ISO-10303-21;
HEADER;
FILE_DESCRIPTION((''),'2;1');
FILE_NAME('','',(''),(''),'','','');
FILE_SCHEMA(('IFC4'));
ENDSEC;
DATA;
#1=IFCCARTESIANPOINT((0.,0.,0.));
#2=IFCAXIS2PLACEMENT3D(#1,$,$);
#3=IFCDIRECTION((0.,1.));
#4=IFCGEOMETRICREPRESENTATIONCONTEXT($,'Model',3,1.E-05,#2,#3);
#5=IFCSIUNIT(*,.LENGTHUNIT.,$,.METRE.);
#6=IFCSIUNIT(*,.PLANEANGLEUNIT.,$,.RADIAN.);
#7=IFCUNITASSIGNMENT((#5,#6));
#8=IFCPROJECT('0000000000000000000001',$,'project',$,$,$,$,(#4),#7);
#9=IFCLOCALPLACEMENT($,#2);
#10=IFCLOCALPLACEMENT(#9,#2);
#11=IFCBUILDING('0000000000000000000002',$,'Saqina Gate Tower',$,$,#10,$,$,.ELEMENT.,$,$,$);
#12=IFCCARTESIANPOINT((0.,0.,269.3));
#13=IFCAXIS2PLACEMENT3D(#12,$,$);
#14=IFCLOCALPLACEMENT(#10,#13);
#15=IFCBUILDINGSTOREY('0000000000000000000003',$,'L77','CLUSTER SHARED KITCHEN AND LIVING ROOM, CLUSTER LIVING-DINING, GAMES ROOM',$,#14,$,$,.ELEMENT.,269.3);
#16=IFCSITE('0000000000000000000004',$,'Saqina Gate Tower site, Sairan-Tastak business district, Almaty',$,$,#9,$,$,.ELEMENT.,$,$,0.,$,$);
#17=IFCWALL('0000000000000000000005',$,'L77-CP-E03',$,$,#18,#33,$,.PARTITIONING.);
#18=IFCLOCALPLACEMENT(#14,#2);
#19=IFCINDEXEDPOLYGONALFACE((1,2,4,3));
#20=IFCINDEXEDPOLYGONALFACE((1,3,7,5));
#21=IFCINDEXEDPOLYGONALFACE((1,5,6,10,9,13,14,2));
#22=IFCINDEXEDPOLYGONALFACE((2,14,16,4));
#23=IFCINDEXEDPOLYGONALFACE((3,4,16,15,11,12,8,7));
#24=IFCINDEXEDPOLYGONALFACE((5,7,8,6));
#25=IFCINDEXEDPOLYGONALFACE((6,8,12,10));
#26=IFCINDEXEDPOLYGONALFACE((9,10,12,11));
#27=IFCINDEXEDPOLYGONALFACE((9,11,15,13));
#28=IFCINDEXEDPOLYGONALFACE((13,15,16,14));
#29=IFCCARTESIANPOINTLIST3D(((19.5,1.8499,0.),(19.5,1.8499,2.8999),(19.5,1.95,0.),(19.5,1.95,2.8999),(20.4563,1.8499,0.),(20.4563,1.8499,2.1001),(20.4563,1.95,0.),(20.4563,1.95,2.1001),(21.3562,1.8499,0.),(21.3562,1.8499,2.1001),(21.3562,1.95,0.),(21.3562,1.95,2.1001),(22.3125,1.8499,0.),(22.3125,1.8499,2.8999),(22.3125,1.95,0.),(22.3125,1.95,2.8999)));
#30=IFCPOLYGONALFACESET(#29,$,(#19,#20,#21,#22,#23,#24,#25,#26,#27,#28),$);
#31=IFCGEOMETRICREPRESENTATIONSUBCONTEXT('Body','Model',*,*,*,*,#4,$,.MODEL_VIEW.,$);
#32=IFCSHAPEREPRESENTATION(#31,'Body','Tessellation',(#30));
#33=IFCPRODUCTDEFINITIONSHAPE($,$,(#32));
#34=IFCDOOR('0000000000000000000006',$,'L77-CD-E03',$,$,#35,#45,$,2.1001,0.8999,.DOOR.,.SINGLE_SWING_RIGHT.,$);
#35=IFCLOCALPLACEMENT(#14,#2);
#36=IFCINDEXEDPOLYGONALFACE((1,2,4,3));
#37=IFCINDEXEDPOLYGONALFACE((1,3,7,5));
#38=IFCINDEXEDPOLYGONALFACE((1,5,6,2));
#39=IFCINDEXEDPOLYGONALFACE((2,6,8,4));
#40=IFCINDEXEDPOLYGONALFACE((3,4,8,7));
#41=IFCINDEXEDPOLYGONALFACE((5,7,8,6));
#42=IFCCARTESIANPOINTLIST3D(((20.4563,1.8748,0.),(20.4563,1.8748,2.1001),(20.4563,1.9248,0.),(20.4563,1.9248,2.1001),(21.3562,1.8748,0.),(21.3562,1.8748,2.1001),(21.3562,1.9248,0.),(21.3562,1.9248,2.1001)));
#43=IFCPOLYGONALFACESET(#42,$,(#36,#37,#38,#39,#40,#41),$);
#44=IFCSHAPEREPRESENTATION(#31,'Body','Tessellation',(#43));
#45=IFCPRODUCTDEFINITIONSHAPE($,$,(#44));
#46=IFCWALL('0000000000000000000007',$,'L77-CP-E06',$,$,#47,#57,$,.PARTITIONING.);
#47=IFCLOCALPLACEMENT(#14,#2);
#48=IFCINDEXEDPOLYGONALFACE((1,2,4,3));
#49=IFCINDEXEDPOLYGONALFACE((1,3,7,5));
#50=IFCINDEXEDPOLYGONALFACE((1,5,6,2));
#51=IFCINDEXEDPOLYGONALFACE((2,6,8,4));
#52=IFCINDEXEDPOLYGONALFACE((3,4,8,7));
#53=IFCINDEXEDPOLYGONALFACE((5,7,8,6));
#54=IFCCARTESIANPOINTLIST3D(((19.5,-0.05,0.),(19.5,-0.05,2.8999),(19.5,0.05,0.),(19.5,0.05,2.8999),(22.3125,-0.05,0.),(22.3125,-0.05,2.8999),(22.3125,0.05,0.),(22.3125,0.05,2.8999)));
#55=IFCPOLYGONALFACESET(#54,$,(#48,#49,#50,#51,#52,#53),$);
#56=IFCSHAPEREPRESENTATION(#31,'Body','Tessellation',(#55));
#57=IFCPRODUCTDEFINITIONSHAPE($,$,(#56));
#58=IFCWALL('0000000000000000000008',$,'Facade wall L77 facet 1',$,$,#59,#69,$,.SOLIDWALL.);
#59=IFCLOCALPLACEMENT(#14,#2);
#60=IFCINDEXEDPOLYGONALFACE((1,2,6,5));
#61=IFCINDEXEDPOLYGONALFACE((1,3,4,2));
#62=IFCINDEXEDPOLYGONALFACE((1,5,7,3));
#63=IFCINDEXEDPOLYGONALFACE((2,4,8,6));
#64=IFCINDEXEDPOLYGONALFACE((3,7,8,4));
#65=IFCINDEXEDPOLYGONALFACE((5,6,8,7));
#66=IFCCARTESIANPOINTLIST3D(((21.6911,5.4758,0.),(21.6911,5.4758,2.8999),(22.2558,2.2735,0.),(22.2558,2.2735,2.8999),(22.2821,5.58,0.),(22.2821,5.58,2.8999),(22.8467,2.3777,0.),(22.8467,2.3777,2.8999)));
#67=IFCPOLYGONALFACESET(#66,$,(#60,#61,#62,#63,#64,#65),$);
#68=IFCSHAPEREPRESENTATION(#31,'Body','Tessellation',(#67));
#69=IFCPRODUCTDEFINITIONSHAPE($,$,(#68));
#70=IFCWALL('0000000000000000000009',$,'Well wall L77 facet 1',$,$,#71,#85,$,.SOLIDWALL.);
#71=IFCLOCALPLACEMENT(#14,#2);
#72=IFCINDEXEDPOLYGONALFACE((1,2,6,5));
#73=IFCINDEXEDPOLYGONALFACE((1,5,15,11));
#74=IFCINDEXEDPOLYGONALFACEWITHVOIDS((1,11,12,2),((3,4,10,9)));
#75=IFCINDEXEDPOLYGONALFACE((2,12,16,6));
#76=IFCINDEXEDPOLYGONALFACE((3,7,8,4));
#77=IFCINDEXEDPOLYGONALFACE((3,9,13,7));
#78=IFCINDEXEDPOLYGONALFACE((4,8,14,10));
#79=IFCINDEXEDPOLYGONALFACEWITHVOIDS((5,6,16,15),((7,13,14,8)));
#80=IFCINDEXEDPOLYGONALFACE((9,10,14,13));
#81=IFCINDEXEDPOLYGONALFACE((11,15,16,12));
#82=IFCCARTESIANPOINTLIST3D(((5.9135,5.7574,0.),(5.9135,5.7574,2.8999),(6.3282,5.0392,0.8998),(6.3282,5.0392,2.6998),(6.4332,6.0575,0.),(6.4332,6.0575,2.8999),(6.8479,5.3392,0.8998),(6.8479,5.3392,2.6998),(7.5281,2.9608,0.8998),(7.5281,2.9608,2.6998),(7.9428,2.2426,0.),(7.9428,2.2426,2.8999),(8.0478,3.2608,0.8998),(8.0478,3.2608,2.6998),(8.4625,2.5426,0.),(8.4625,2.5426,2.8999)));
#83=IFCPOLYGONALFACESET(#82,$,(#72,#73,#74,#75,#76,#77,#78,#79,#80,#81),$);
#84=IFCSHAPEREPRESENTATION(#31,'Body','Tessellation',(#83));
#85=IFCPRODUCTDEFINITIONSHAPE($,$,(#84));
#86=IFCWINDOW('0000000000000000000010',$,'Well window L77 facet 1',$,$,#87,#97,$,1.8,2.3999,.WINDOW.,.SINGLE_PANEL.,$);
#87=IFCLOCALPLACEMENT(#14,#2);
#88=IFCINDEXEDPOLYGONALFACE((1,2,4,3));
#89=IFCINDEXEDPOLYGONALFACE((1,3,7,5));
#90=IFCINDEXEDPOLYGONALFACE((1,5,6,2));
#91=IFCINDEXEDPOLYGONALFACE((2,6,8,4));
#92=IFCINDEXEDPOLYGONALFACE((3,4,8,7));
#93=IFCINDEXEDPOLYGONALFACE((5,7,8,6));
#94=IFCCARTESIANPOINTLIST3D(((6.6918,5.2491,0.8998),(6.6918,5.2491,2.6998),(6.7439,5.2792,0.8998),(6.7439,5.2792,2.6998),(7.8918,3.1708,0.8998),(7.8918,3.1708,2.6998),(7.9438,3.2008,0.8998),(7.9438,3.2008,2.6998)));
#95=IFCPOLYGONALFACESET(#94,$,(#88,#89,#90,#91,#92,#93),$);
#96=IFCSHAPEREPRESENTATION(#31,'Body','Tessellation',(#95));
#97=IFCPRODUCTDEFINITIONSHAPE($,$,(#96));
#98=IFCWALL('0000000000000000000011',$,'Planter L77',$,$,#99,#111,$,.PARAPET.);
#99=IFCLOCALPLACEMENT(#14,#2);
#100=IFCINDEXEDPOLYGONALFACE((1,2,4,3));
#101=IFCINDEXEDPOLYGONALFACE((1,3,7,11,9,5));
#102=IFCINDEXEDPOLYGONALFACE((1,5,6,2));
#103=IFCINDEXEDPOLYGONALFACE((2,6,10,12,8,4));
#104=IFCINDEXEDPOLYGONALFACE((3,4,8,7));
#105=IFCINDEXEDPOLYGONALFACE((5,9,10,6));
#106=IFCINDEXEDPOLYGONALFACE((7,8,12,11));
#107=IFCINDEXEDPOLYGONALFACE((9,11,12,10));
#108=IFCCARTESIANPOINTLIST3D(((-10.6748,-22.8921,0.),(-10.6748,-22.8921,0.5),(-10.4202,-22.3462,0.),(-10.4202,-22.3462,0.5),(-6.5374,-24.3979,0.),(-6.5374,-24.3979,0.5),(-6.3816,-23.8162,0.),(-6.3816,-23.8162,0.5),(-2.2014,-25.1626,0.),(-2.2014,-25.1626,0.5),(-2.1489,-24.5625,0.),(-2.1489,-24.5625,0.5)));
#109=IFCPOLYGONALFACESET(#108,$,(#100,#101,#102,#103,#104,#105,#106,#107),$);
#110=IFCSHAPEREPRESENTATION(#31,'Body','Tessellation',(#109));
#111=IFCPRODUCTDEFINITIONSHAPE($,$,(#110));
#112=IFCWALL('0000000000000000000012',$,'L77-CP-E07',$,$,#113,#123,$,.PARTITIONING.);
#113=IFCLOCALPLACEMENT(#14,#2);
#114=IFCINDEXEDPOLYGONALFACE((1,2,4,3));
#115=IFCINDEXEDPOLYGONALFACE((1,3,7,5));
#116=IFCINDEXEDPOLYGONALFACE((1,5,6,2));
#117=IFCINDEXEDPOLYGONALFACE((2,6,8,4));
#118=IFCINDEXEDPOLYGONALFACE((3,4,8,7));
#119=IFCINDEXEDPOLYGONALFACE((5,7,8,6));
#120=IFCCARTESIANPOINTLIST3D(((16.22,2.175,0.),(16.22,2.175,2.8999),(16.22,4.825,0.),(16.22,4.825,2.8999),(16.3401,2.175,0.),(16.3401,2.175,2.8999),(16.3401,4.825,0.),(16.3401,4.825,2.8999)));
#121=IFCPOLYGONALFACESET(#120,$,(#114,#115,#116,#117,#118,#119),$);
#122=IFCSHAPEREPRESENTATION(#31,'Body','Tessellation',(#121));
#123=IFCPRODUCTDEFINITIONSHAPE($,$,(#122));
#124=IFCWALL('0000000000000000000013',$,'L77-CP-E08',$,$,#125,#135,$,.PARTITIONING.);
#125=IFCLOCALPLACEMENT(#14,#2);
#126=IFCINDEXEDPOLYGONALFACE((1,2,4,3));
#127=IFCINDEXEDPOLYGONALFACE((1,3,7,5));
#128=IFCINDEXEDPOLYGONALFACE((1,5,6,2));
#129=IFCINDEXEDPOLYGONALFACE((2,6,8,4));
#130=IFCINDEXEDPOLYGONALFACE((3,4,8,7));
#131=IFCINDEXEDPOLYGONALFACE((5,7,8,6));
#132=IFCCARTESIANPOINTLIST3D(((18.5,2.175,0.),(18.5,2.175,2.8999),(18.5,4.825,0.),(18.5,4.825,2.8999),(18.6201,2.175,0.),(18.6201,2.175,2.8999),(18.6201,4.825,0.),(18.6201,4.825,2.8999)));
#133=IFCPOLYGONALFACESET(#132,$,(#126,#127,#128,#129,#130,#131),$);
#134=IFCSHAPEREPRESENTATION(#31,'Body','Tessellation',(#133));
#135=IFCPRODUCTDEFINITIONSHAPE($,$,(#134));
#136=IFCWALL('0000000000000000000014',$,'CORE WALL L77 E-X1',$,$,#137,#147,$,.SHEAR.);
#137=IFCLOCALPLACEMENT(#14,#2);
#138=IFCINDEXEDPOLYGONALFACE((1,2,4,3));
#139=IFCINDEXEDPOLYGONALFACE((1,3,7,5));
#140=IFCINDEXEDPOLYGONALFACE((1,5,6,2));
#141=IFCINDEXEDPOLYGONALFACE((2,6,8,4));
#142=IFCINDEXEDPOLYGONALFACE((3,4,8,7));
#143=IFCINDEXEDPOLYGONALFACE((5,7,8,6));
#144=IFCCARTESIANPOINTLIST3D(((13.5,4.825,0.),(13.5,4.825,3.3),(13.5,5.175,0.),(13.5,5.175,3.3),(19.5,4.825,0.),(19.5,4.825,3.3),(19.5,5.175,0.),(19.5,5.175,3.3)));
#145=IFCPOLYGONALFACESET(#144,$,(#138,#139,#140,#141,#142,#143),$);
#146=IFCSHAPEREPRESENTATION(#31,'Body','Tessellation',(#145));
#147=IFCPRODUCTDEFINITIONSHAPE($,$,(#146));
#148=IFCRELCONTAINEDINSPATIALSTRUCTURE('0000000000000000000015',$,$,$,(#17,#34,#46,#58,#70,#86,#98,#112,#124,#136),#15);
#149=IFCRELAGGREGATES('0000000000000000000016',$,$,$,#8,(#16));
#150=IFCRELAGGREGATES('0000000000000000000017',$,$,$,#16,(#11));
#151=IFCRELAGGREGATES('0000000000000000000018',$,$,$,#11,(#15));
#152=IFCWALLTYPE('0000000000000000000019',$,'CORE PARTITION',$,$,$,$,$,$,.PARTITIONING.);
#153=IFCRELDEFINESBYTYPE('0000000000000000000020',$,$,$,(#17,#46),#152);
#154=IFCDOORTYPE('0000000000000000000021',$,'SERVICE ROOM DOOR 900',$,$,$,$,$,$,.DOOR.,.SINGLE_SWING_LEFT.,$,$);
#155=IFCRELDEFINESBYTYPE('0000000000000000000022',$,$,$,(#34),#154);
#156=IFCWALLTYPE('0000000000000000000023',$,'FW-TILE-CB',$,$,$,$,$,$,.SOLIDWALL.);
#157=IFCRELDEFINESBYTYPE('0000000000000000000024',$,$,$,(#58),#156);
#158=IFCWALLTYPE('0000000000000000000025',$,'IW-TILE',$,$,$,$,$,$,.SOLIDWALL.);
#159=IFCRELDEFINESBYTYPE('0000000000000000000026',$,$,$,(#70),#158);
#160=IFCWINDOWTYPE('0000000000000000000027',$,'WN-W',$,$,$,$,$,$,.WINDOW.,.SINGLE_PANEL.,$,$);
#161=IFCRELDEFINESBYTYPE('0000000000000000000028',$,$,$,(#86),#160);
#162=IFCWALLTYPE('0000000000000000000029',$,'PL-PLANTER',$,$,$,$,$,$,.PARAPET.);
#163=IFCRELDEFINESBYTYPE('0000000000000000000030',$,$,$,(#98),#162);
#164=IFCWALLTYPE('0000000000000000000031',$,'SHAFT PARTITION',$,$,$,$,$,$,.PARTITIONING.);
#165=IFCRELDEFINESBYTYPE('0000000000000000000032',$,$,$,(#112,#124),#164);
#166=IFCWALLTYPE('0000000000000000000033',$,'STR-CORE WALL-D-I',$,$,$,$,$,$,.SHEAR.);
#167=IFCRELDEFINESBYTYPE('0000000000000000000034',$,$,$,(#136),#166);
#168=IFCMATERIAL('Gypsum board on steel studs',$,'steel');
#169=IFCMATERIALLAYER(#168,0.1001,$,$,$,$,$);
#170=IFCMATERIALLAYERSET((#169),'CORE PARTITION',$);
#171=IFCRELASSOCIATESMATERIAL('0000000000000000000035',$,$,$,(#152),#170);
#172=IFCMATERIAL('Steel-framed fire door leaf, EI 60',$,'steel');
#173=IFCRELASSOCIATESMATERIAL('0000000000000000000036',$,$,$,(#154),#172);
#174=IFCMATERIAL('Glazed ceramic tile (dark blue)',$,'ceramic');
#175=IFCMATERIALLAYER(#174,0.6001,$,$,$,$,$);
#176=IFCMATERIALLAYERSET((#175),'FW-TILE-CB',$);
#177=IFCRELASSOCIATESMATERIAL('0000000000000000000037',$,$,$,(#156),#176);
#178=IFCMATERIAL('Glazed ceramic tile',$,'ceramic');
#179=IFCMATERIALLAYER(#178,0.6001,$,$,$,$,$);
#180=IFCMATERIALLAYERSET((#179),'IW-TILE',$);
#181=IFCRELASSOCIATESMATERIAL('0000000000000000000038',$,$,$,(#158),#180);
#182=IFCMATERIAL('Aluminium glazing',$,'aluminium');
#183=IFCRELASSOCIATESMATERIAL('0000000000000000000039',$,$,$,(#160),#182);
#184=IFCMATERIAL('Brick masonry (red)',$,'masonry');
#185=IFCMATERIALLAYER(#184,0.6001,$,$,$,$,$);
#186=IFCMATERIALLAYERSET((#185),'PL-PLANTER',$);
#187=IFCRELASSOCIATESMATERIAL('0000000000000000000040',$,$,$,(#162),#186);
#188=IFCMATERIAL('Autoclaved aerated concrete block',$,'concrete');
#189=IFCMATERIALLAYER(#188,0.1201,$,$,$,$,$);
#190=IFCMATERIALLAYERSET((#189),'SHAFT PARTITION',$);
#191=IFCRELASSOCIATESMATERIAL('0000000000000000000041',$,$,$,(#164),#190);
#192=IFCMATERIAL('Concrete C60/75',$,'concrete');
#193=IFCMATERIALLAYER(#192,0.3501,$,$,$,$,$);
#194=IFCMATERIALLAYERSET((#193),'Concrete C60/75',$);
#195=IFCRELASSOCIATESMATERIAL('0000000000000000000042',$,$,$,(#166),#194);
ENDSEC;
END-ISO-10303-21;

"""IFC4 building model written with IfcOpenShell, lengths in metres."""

from ifc_helpers import new_model, si_unit, direction, frame, frame_2d, origin, place, context, subcontext, project, spatial, polyline, rectangle, outline, extrude, material, layer, layer_set, type_object, element, fill, save


model = new_model("IFC4")

# Units and contexts
model_context = context("Model", 3, precision=1e-05, world=origin(), true_north=direction((0.0, 1.0)))
body_context = subcontext(model_context, "Body", "Model", "MODEL_VIEW")
ifc_project = project(units=[si_unit("LENGTHUNIT", "METRE"), si_unit("PLANEANGLEUNIT", "RADIAN")], contexts=[model_context])

# Site, building, storey
site_placement = place(None, origin())
site = spatial("IfcSite", under=ifc_project, at=site_placement, Name="Saqina Gate Tower site, Sairan-Tastak business district, Almaty", CompositionType="ELEMENT", RefElevation=0.0)
building_placement = place(site_placement, origin())
building = spatial("IfcBuilding", under=site, at=building_placement, Name="Saqina Gate Tower", CompositionType="ELEMENT")
storey_placement = place(building_placement, frame((0.0, 0.0, 269.3)))
storey = spatial("IfcBuildingStorey", under=building, at=storey_placement, Name="L77", Description="CLUSTER SHARED KITCHEN AND LIVING ROOM, CLUSTER LIVING-DINING, GAMES ROOM", CompositionType="ELEMENT", Elevation=269.3)

# Shared definitions
ifc_material_1 = material(Name="Gypsum board on steel studs", Category="steel")
ifc_layer_1 = layer(ifc_material_1, 0.1001)
ifc_layer_set_1 = layer_set([ifc_layer_1], Name="CORE PARTITION")
wall_type_1 = type_object("IfcWallType", Name="CORE PARTITION", PredefinedType="PARTITIONING", material=ifc_layer_set_1)

# Wall, opening, door
wall_1_placement = place(storey_placement, frame((19.5, 1.8999, 0.0), z_axis=(0.0, 0.0, 1.0), x_axis=(1.0, 0.0, 0.0)))
wall_1 = element("IfcWall", 1, at=wall_1_placement, inside=storey, type_object=wall_type_1, Name="L77-CP-E03", PredefinedType="PARTITIONING", context=body_context, shape_type="SweptSolid", body=[
    extrude(rectangle(XDim=2.8125, YDim=0.1001, at=frame_2d((1.4062, 0.0))), origin(), (0.0, 0.0, 1.0), 2.8999),
])
opening_1_placement = place(wall_1_placement, frame((0.9563, 0.0, 0.0)))
opening_1 = element("IfcOpeningElement", 2, at=opening_1_placement, cuts=wall_1, PredefinedType="OPENING", context=body_context, shape_type="SweptSolid", body=[
    extrude(rectangle(XDim=0.8999, YDim=2.1001, at=frame_2d((0.45, 1.05))), frame((0.0, 0.062, 0.0), z_axis=(0.0, -1.0, 0.0), x_axis=(1.0, 0.0, 0.0)), (0.0, 0.0, 1.0), 0.124),
])
ifc_material_2 = material(Name="Steel-framed fire door leaf, EI 60", Category="steel")
door_type_1 = type_object("IfcDoorType", Name="SERVICE ROOM DOOR 900", OperationType="SINGLE_SWING_LEFT", PredefinedType="DOOR", material=ifc_material_2)
door_1_placement = place(opening_1_placement, origin())
door_1 = element("IfcDoor", 3, at=door_1_placement, inside=storey, type_object=door_type_1, Name="L77-CD-E03", OperationType="SINGLE_SWING_RIGHT", OverallHeight=2.1001, OverallWidth=0.8999, PredefinedType="DOOR", context=body_context, shape_type="SweptSolid", body=[
    extrude(rectangle(XDim=0.8999, YDim=2.1001, at=frame_2d((0.45, 1.05))), frame((0.0, 0.0249, 0.0), z_axis=(0.0, -1.0, 0.0), x_axis=(1.0, 0.0, 0.0)), (0.0, 0.0, 1.0), 0.05),
])
fill(opening_1, door_1)

# Walls
wall_2_placement = place(storey_placement, frame((19.5, 0.0, 0.0), z_axis=(0.0, 0.0, 1.0), x_axis=(1.0, 0.0, 0.0)))
element("IfcWall", 4, at=wall_2_placement, inside=storey, type_object=wall_type_1, Name="L77-CP-E06", PredefinedType="PARTITIONING", context=body_context, shape_type="SweptSolid", body=[
    extrude(rectangle(XDim=2.8125, YDim=0.1001, at=frame_2d((1.4062, 0.0))), origin(), (0.0, 0.0, 1.0), 2.8999),
])
ifc_material_3 = material(Name="Glazed ceramic tile (dark blue)", Category="ceramic")
ifc_layer_2 = layer(ifc_material_3, 0.6001)
ifc_layer_set_2 = layer_set([ifc_layer_2], Name="FW-TILE-CB")
wall_type_2 = type_object("IfcWallType", Name="FW-TILE-CB", PredefinedType="SOLIDWALL", material=ifc_layer_set_2)
wall_3_placement = place(storey_placement, frame((22.5513, 2.3254, 0.0), z_axis=(0.0, 0.0, 1.0), x_axis=(-0.173657, 0.984806, 0.0)))
element("IfcWall", 5, at=wall_3_placement, inside=storey, type_object=wall_type_2, Name="Facade wall L77 facet 1", PredefinedType="SOLIDWALL", context=body_context, shape_type="SweptSolid", body=[
    extrude(rectangle(XDim=3.2517, YDim=0.6001, at=frame_2d((1.626, 0.0))), origin(), (0.0, 0.0, 1.0), 2.8999),
])

# Wall, opening, window
ifc_material_4 = material(Name="Glazed ceramic tile", Category="ceramic")
ifc_layer_3 = layer(ifc_material_4, 0.6001)
ifc_layer_set_3 = layer_set([ifc_layer_3], Name="IW-TILE")
wall_type_3 = type_object("IfcWallType", Name="IW-TILE", PredefinedType="SOLIDWALL", material=ifc_layer_set_3)
wall_4_placement = place(storey_placement, frame((8.2026, 2.3926, 0.0), z_axis=(0.0, 0.0, 1.0), x_axis=(-0.499995, 0.866028, 0.0)))
wall_4 = element("IfcWall", 6, at=wall_4_placement, inside=storey, type_object=wall_type_3, Name="Well wall L77 facet 1", PredefinedType="SOLIDWALL", context=body_context, shape_type="SweptSolid", body=[
    extrude(rectangle(XDim=4.0586, YDim=0.6001, at=frame_2d((2.0293, 0.0))), origin(), (0.0, 0.0, 1.0), 2.8999),
])
opening_2_placement = place(wall_4_placement, frame((0.8293, 0.0, 0.8999)))
opening_2 = element("IfcOpeningElement", 7, at=opening_2_placement, cuts=wall_4, PredefinedType="OPENING", context=body_context, shape_type="SweptSolid", body=[
    extrude(rectangle(XDim=2.3999, YDim=1.8, at=frame_2d((1.2, 0.8999))), frame((0.0, 0.312, 0.0), z_axis=(0.0, -1.0, 0.0), x_axis=(1.0, 0.0, 0.0)), (0.0, 0.0, 1.0), 0.624),
])
ifc_material_5 = material(Name="Aluminium glazing", Category="aluminium")
window_type = type_object("IfcWindowType", Name="WN-W", PartitioningType="SINGLE_PANEL", PredefinedType="WINDOW", material=ifc_material_5)
window_placement = place(opening_2_placement, origin())
window = element("IfcWindow", 8, at=window_placement, inside=storey, type_object=window_type, Name="Well window L77 facet 1", OverallHeight=1.8, OverallWidth=2.3999, PartitioningType="SINGLE_PANEL", PredefinedType="WINDOW", context=body_context, shape_type="SweptSolid", body=[
    extrude(rectangle(XDim=2.3999, YDim=1.8, at=frame_2d((1.2, 0.8999))), frame((0.0, -0.1199, 0.0), z_axis=(0.0, -1.0, 0.0), x_axis=(1.0, 0.0, 0.0)), (0.0, 0.0, 1.0), 0.0601),
])
fill(opening_2, window)

# Walls
ifc_material_6 = material(Name="Brick masonry (red)", Category="masonry")
ifc_layer_4 = layer(ifc_material_6, 0.6001)
ifc_layer_set_4 = layer_set([ifc_layer_4], Name="PL-PLANTER")
wall_type_4 = type_object("IfcWallType", Name="PL-PLANTER", PredefinedType="PARAPET", material=ifc_layer_set_4)
wall_5_placement = place(storey_placement, origin())
element("IfcWall", 9, at=wall_5_placement, inside=storey, type_object=wall_type_4, Name="Planter L77", PredefinedType="PARAPET", context=body_context, shape_type="SweptSolid", body=[
    extrude(outline(polyline([(-10.6748, -22.8921), (-6.5374, -24.3979), (-2.2014, -25.1626), (-2.1489, -24.5625), (-6.3816, -23.8162), (-10.4202, -22.3462), (-10.6748, -22.8921)])), origin(), (0.0, 0.0, 1.0), 0.5),
])
ifc_material_7 = material(Name="Autoclaved aerated concrete block", Category="concrete")
ifc_layer_5 = layer(ifc_material_7, 0.1201)
ifc_layer_set_5 = layer_set([ifc_layer_5], Name="SHAFT PARTITION")
wall_type_5 = type_object("IfcWallType", Name="SHAFT PARTITION", PredefinedType="PARTITIONING", material=ifc_layer_set_5)
for number, where, z_axis, x_axis, name in (
    (10, (16.28, 2.175, 0.0), (0.0, 0.0, 1.0), (0.0, 1.0, 0.0), "L77-CP-E07"),
    (11, (18.5601, 2.175, 0.0), (0.0, 0.0, 1.0), (0.0, 1.0, 0.0), "L77-CP-E08"),
):
    element("IfcWall", number, at=place(storey_placement, frame(where, z_axis=z_axis, x_axis=x_axis)), inside=storey, type_object=wall_type_5, Name=name, PredefinedType="PARTITIONING", context=body_context, shape_type="SweptSolid", body=[
        extrude(rectangle(XDim=2.6499, YDim=0.1201, at=frame_2d((1.325, 0.0))), origin(), (0.0, 0.0, 1.0), 2.8999),
    ])
ifc_material_8 = material(Name="Concrete C60/75", Category="concrete")
ifc_layer_6 = layer(ifc_material_8, 0.3501)
ifc_layer_set_6 = layer_set([ifc_layer_6], Name="Concrete C60/75")
wall_type_6 = type_object("IfcWallType", Name="STR-CORE WALL-D-I", PredefinedType="SHEAR", material=ifc_layer_set_6)
wall_6_placement = place(storey_placement, frame((13.5, 5.0, 0.0), z_axis=(0.0, 0.0, 1.0), x_axis=(1.0, 0.0, 0.0)))
element("IfcWall", 12, at=wall_6_placement, inside=storey, type_object=wall_type_6, Name="CORE WALL L77 E-X1", PredefinedType="SHEAR", context=body_context, shape_type="SweptSolid", body=[
    extrude(rectangle(XDim=6.0, YDim=0.3501, at=frame_2d((3.0, 0.0))), origin(), (0.0, 0.0, 1.0), 3.3),
])

save(model, "model.ifc")
